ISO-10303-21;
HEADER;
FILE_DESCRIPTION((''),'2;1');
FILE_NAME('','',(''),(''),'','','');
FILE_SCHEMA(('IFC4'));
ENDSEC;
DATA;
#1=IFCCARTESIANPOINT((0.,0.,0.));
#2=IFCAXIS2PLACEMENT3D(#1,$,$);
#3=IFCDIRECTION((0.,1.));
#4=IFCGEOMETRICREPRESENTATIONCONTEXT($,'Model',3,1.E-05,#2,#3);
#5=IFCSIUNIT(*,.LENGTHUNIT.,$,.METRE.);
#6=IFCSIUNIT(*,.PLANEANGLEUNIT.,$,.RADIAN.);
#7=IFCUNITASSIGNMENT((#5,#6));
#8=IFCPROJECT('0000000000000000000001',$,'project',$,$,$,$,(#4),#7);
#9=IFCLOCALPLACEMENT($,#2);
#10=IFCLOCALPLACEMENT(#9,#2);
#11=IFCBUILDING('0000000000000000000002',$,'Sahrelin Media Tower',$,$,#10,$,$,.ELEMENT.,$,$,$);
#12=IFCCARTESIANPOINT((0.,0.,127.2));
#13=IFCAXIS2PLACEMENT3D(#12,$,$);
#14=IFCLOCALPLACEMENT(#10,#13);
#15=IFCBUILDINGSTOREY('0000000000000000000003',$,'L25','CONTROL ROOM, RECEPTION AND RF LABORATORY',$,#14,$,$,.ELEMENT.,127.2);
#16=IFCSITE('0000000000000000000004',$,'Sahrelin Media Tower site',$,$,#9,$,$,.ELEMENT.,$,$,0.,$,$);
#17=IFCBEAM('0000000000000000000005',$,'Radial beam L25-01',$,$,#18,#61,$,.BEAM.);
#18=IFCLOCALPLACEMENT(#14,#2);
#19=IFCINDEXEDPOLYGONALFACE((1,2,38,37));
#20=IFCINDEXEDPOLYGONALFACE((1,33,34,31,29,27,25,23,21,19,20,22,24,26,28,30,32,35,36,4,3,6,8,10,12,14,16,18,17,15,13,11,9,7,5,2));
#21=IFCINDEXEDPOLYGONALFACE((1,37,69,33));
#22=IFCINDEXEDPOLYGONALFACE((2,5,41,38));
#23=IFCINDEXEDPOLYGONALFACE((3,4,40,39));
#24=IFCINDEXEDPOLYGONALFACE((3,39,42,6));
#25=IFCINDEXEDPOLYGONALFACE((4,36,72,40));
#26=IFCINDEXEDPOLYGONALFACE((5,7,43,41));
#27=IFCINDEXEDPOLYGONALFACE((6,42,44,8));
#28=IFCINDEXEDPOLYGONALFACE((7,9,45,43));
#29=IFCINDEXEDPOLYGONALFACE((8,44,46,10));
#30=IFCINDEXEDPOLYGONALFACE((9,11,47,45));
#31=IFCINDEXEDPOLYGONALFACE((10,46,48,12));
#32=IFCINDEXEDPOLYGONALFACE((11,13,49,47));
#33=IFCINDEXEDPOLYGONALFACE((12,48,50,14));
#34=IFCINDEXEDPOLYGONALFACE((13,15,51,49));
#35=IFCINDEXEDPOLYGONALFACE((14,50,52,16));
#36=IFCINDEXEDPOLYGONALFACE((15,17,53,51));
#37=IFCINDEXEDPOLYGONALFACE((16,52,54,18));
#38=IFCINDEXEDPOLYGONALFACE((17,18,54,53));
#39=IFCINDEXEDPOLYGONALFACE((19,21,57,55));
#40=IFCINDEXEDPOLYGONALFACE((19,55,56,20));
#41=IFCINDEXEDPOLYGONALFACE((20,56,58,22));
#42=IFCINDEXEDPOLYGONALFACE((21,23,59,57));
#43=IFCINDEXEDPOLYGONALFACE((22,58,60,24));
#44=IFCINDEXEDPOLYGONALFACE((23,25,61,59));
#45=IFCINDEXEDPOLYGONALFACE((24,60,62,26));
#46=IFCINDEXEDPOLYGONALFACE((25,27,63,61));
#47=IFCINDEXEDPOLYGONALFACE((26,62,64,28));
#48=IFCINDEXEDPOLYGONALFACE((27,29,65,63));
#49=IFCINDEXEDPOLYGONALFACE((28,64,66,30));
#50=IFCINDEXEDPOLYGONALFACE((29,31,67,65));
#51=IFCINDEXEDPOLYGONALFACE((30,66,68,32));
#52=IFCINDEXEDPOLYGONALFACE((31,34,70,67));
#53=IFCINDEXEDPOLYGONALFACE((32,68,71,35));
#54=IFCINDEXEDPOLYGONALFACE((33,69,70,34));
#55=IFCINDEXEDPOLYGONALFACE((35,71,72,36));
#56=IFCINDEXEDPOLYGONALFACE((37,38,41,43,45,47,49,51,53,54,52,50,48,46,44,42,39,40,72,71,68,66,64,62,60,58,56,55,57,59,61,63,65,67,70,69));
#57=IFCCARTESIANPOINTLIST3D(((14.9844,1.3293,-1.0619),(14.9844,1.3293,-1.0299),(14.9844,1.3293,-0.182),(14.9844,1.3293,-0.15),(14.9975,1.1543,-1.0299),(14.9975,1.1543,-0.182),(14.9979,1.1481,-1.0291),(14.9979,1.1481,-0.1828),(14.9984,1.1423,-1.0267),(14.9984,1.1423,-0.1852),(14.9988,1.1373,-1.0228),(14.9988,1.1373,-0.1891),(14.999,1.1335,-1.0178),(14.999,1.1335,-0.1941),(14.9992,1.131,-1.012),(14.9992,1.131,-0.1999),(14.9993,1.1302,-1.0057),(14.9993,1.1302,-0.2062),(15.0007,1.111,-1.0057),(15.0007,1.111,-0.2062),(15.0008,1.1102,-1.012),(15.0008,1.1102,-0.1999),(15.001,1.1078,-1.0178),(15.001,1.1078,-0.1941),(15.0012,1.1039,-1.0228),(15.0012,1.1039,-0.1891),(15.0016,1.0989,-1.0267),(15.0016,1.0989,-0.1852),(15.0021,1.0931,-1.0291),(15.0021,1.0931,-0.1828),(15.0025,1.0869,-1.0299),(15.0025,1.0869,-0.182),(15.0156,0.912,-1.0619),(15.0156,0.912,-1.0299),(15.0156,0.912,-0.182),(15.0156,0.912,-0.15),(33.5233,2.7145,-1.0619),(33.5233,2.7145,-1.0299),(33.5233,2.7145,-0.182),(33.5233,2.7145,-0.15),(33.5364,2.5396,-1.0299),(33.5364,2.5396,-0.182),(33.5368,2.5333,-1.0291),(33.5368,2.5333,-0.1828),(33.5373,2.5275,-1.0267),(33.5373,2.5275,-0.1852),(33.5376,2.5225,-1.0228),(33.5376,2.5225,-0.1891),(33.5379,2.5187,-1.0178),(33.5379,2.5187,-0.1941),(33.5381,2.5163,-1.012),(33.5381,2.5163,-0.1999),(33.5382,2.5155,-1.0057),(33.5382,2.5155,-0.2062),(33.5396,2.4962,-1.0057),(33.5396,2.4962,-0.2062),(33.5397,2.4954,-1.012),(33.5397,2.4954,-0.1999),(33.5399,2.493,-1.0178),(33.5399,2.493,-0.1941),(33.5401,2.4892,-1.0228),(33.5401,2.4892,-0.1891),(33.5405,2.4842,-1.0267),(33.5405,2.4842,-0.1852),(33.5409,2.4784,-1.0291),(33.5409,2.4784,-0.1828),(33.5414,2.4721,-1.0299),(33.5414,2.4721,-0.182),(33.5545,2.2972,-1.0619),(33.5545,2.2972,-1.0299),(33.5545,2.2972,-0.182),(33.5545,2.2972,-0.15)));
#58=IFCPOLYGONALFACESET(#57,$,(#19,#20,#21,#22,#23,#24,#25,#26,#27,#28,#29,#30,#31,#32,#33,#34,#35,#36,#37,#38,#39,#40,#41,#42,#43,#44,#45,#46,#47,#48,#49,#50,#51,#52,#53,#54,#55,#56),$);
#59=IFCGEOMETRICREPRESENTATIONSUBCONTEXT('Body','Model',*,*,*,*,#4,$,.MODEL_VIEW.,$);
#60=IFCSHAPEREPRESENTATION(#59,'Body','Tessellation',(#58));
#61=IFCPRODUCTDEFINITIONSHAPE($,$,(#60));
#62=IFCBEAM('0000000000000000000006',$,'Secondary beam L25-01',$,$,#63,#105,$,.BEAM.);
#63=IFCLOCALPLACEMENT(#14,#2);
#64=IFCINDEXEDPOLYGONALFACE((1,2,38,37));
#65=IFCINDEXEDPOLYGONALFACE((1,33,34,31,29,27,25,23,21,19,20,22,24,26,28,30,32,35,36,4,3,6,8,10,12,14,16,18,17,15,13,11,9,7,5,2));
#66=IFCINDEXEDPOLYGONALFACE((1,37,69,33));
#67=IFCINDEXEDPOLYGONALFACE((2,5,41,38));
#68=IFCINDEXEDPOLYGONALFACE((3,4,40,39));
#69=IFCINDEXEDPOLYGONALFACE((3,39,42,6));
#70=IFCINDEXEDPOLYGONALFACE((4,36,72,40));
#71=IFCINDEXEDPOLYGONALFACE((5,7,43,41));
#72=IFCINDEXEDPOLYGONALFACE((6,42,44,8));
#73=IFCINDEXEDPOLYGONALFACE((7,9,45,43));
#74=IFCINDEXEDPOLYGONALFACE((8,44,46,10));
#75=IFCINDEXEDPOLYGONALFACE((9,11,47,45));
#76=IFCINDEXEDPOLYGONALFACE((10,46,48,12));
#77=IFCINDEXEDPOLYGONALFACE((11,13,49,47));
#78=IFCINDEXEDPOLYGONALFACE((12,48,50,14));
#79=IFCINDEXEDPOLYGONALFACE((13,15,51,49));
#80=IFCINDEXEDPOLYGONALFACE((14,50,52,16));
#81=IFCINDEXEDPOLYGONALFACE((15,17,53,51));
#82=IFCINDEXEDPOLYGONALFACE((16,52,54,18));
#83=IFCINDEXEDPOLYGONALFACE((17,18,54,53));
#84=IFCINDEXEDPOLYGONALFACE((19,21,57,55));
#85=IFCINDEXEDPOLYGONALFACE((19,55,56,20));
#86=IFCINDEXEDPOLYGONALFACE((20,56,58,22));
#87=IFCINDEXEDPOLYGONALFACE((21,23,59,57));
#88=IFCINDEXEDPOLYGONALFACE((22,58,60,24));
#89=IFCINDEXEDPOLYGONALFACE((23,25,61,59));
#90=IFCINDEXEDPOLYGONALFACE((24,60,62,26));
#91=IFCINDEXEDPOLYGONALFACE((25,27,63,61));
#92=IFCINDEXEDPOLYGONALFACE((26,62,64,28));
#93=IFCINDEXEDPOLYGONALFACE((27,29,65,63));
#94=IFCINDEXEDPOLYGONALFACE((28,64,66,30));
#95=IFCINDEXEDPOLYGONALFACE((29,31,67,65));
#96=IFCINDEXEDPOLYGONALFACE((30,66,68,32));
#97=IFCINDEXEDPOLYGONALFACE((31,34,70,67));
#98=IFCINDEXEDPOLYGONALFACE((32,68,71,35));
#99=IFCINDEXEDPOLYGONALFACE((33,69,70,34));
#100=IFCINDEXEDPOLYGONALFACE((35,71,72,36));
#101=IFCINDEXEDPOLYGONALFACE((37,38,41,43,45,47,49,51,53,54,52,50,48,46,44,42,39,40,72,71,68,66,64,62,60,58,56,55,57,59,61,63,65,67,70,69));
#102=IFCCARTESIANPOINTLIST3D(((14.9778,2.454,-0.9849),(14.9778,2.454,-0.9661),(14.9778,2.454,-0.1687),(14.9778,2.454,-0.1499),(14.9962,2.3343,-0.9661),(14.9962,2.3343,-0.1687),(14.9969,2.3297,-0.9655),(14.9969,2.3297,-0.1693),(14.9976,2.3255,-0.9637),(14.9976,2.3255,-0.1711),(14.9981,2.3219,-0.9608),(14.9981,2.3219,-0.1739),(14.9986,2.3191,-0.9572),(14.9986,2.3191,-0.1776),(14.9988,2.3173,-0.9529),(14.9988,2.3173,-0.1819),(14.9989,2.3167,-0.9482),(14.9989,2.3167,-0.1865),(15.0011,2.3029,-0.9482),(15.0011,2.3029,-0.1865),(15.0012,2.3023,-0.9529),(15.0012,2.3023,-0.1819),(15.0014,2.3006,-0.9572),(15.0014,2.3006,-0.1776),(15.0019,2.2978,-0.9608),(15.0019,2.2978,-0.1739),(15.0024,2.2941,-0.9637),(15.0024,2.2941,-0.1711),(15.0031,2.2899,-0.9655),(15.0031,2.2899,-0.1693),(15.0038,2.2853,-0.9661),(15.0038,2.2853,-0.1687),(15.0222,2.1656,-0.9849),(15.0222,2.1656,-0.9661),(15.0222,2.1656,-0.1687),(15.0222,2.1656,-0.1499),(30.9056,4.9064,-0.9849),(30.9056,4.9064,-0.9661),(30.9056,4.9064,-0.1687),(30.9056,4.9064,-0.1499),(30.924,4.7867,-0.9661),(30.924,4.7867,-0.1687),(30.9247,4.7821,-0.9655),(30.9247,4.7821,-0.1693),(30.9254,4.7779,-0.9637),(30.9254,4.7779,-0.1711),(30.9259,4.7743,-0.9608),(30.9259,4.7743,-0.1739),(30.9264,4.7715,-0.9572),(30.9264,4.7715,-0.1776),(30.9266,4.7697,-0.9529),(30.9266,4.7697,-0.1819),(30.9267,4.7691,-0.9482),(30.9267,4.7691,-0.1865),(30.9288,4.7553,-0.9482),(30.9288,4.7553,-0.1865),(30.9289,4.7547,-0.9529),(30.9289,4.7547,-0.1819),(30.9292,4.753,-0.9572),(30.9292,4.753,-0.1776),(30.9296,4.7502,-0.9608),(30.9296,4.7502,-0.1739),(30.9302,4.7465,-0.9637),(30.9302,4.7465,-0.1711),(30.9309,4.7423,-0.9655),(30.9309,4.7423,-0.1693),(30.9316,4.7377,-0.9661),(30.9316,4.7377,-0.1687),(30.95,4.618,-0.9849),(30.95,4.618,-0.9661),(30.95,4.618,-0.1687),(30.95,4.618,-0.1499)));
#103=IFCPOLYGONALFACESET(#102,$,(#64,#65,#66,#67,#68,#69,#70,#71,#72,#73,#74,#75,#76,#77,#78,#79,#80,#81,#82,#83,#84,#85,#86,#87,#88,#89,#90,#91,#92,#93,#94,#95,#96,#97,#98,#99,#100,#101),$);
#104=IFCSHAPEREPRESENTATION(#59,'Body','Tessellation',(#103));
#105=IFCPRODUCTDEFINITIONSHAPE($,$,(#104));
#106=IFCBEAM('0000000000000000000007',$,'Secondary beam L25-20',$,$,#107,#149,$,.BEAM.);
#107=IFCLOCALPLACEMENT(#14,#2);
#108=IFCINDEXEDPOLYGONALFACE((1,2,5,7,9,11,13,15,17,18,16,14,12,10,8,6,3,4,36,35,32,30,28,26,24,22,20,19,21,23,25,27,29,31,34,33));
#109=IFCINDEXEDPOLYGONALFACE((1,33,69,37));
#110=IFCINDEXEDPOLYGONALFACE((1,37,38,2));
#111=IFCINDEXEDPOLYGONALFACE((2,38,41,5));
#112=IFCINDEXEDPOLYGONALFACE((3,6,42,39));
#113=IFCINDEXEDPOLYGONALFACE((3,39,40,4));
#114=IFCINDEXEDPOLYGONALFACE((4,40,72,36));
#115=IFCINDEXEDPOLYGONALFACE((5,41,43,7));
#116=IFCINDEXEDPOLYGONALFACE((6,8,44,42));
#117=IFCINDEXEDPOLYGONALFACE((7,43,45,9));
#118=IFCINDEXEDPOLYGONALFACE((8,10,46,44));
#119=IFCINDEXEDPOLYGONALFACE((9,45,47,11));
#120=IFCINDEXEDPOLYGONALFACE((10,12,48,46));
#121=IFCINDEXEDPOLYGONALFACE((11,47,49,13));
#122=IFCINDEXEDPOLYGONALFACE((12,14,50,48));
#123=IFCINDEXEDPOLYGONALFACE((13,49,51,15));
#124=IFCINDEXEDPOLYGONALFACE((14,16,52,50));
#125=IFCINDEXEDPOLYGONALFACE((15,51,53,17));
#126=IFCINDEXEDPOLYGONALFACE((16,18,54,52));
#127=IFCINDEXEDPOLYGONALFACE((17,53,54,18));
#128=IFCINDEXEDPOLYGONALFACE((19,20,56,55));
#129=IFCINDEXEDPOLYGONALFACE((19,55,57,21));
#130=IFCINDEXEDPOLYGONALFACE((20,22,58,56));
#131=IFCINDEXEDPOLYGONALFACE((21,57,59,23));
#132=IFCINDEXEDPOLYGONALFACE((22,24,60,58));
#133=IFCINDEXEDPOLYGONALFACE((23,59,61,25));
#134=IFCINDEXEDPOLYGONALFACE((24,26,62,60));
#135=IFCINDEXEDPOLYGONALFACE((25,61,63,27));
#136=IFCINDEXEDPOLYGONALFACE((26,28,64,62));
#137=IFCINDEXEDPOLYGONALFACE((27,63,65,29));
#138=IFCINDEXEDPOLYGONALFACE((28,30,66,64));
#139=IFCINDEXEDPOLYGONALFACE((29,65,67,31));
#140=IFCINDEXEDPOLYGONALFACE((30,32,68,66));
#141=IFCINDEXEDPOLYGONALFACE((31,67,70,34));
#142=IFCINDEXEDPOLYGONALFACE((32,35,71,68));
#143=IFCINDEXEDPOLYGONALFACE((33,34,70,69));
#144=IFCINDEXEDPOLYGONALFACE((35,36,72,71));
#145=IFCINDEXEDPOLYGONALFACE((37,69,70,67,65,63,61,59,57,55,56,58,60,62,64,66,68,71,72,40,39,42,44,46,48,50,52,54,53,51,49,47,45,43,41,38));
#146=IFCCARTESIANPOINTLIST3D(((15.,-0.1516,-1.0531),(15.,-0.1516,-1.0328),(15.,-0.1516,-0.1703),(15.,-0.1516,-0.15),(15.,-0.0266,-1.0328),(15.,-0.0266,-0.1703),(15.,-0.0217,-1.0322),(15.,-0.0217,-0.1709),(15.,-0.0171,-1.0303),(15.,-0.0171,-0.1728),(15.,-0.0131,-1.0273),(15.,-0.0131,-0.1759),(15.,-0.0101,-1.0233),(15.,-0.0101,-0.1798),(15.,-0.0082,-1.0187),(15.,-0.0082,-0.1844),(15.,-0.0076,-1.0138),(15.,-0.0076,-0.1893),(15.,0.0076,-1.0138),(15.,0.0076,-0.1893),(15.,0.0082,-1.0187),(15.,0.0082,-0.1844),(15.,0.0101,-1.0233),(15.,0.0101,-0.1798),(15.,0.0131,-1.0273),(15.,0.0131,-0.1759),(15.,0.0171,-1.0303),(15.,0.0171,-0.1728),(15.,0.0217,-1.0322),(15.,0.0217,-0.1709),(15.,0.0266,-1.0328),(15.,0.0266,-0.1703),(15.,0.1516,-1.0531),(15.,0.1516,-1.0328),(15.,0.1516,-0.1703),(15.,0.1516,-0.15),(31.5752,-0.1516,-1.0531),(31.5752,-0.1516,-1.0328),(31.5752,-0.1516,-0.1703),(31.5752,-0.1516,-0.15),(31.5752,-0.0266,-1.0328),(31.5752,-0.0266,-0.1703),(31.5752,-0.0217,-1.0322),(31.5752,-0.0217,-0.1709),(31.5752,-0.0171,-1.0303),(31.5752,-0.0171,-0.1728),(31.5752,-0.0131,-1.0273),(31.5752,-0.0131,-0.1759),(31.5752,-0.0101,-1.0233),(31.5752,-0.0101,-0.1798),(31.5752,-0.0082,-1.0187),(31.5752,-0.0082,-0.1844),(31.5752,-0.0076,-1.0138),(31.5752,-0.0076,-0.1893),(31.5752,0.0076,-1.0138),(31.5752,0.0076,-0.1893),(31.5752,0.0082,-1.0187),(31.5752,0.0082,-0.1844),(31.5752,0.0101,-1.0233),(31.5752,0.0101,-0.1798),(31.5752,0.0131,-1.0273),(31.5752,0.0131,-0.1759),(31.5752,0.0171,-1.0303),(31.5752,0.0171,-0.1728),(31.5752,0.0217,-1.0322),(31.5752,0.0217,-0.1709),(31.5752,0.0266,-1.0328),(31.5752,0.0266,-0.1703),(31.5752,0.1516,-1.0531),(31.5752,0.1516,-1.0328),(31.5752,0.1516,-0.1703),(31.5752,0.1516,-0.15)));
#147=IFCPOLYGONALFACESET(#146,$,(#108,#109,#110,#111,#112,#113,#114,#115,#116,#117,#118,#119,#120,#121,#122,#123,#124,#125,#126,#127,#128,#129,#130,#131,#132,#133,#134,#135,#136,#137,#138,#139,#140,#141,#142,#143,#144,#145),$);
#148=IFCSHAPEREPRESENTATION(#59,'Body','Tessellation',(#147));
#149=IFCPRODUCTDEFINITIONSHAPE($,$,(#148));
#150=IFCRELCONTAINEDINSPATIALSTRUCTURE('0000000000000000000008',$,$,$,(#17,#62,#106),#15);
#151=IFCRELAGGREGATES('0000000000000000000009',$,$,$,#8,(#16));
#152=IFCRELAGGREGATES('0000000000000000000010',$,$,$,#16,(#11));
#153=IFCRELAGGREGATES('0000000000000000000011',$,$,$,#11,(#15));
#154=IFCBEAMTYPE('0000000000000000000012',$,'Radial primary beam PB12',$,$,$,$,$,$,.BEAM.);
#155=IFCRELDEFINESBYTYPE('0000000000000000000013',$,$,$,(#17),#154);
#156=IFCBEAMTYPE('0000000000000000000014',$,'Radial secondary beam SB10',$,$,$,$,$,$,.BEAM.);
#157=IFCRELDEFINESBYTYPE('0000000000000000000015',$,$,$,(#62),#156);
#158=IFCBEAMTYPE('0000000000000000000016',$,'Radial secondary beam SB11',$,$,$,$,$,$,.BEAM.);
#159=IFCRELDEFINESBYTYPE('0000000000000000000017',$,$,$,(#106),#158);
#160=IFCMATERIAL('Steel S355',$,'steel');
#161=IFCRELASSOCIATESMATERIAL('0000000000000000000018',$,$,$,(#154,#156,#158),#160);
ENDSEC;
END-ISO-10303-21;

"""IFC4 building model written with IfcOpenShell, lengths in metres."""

from ifc_helpers import new_model, si_unit, direction, frame, origin, origin_2d, place, context, subcontext, project, spatial, i_section, extrude, material, material_profile, profile_set, type_object, element, save


model = new_model("IFC4")

# Units and contexts
model_context = context("Model", 3, precision=1e-05, world=origin(), true_north=direction((0.0, 1.0)))
body_context = subcontext(model_context, "Body", "Model", "MODEL_VIEW")
ifc_project = project(units=[si_unit("LENGTHUNIT", "METRE"), si_unit("PLANEANGLEUNIT", "RADIAN")], contexts=[model_context])

# Site, building, storey
site_placement = place(None, origin())
site = spatial("IfcSite", under=ifc_project, at=site_placement, Name="Sahrelin Media Tower site", CompositionType="ELEMENT", RefElevation=0.0)
building_placement = place(site_placement, origin())
building = spatial("IfcBuilding", under=site, at=building_placement, Name="Sahrelin Media Tower", CompositionType="ELEMENT")
storey_placement = place(building_placement, frame((0.0, 0.0, 127.2)))
storey = spatial("IfcBuildingStorey", under=building, at=storey_placement, Name="L25", Description="CONTROL ROOM, RECEPTION AND RF LABORATORY", CompositionType="ELEMENT", Elevation=127.2)

# Beams
ifc_material_1 = material(Name="Steel S355", Category="steel")
ifc_material_profile_1 = material_profile(ifc_material_1, i_section(OverallWidth=0.4185, OverallDepth=0.9119, WebThickness=0.0193, FlangeThickness=0.032, FilletRadius=0.0242, at=origin_2d()), Name="UB 914x419x343")
ifc_profile_set_1 = profile_set([ifc_material_profile_1], Name="Steel S355")
beam_type_1 = type_object("IfcBeamType", Name="Radial primary beam PB12", PredefinedType="BEAM", material=ifc_profile_set_1)
beam_1_placement = place(storey_placement, frame((15.0, 1.1206, -0.606), z_axis=(0.99722, 0.074514, 0.0), x_axis=(-0.074514, 0.99722, 0.0)))
element("IfcBeam", 1, at=beam_1_placement, inside=storey, type_object=beam_type_1, Name="Radial beam L25-01", PredefinedType="BEAM", context=body_context, shape_type="SweptSolid", body=[
    extrude(i_section(OverallWidth=0.4185, OverallDepth=0.9119, WebThickness=0.0193, FlangeThickness=0.032, FilletRadius=0.0242, at=origin_2d()), origin(), (0.0, 0.0, 1.0), 18.5906),
])
ifc_material_profile_2 = material_profile(ifc_material_1, i_section(OverallWidth=0.2917, OverallDepth=0.835, WebThickness=0.0139, FlangeThickness=0.0188, FilletRadius=0.0178, at=origin_2d()), Name="UB 838x292x176")
ifc_profile_set_2 = profile_set([ifc_material_profile_2], Name="Steel S355")
beam_type_2 = type_object("IfcBeamType", Name="Radial secondary beam SB10", PredefinedType="BEAM", material=ifc_profile_set_2)
beam_2_placement = place(storey_placement, frame((15.0, 2.3098, -0.5674), z_axis=(0.988353, 0.152177, 0.0), x_axis=(-0.152177, 0.988353, 0.0)))
element("IfcBeam", 2, at=beam_2_placement, inside=storey, type_object=beam_type_2, Name="Secondary beam L25-01", PredefinedType="BEAM", context=body_context, shape_type="SweptSolid", body=[
    extrude(i_section(OverallWidth=0.2917, OverallDepth=0.835, WebThickness=0.0139, FlangeThickness=0.0188, FilletRadius=0.0178, at=origin_2d()), origin(), (0.0, 0.0, 1.0), 16.1155),
])
ifc_material_profile_3 = material_profile(ifc_material_1, i_section(OverallWidth=0.3032, OverallDepth=0.9031, WebThickness=0.0151, FlangeThickness=0.0203, FilletRadius=0.019, at=origin_2d()), Name="UB 914x305x201")
ifc_profile_set_3 = profile_set([ifc_material_profile_3], Name="Steel S355")
beam_type_3 = type_object("IfcBeamType", Name="Radial secondary beam SB11", PredefinedType="BEAM", material=ifc_profile_set_3)
beam_3_placement = place(storey_placement, frame((15.0, 0.0, -0.6016), z_axis=(1.0, 0.0, 0.0), x_axis=(0.0, 1.0, 0.0)))
element("IfcBeam", 3, at=beam_3_placement, inside=storey, type_object=beam_type_3, Name="Secondary beam L25-20", PredefinedType="BEAM", context=body_context, shape_type="SweptSolid", body=[
    extrude(i_section(OverallWidth=0.3032, OverallDepth=0.9031, WebThickness=0.0151, FlangeThickness=0.0203, FilletRadius=0.019, at=origin_2d()), origin(), (0.0, 0.0, 1.0), 16.5752),
])

save(model, "model.ifc")
